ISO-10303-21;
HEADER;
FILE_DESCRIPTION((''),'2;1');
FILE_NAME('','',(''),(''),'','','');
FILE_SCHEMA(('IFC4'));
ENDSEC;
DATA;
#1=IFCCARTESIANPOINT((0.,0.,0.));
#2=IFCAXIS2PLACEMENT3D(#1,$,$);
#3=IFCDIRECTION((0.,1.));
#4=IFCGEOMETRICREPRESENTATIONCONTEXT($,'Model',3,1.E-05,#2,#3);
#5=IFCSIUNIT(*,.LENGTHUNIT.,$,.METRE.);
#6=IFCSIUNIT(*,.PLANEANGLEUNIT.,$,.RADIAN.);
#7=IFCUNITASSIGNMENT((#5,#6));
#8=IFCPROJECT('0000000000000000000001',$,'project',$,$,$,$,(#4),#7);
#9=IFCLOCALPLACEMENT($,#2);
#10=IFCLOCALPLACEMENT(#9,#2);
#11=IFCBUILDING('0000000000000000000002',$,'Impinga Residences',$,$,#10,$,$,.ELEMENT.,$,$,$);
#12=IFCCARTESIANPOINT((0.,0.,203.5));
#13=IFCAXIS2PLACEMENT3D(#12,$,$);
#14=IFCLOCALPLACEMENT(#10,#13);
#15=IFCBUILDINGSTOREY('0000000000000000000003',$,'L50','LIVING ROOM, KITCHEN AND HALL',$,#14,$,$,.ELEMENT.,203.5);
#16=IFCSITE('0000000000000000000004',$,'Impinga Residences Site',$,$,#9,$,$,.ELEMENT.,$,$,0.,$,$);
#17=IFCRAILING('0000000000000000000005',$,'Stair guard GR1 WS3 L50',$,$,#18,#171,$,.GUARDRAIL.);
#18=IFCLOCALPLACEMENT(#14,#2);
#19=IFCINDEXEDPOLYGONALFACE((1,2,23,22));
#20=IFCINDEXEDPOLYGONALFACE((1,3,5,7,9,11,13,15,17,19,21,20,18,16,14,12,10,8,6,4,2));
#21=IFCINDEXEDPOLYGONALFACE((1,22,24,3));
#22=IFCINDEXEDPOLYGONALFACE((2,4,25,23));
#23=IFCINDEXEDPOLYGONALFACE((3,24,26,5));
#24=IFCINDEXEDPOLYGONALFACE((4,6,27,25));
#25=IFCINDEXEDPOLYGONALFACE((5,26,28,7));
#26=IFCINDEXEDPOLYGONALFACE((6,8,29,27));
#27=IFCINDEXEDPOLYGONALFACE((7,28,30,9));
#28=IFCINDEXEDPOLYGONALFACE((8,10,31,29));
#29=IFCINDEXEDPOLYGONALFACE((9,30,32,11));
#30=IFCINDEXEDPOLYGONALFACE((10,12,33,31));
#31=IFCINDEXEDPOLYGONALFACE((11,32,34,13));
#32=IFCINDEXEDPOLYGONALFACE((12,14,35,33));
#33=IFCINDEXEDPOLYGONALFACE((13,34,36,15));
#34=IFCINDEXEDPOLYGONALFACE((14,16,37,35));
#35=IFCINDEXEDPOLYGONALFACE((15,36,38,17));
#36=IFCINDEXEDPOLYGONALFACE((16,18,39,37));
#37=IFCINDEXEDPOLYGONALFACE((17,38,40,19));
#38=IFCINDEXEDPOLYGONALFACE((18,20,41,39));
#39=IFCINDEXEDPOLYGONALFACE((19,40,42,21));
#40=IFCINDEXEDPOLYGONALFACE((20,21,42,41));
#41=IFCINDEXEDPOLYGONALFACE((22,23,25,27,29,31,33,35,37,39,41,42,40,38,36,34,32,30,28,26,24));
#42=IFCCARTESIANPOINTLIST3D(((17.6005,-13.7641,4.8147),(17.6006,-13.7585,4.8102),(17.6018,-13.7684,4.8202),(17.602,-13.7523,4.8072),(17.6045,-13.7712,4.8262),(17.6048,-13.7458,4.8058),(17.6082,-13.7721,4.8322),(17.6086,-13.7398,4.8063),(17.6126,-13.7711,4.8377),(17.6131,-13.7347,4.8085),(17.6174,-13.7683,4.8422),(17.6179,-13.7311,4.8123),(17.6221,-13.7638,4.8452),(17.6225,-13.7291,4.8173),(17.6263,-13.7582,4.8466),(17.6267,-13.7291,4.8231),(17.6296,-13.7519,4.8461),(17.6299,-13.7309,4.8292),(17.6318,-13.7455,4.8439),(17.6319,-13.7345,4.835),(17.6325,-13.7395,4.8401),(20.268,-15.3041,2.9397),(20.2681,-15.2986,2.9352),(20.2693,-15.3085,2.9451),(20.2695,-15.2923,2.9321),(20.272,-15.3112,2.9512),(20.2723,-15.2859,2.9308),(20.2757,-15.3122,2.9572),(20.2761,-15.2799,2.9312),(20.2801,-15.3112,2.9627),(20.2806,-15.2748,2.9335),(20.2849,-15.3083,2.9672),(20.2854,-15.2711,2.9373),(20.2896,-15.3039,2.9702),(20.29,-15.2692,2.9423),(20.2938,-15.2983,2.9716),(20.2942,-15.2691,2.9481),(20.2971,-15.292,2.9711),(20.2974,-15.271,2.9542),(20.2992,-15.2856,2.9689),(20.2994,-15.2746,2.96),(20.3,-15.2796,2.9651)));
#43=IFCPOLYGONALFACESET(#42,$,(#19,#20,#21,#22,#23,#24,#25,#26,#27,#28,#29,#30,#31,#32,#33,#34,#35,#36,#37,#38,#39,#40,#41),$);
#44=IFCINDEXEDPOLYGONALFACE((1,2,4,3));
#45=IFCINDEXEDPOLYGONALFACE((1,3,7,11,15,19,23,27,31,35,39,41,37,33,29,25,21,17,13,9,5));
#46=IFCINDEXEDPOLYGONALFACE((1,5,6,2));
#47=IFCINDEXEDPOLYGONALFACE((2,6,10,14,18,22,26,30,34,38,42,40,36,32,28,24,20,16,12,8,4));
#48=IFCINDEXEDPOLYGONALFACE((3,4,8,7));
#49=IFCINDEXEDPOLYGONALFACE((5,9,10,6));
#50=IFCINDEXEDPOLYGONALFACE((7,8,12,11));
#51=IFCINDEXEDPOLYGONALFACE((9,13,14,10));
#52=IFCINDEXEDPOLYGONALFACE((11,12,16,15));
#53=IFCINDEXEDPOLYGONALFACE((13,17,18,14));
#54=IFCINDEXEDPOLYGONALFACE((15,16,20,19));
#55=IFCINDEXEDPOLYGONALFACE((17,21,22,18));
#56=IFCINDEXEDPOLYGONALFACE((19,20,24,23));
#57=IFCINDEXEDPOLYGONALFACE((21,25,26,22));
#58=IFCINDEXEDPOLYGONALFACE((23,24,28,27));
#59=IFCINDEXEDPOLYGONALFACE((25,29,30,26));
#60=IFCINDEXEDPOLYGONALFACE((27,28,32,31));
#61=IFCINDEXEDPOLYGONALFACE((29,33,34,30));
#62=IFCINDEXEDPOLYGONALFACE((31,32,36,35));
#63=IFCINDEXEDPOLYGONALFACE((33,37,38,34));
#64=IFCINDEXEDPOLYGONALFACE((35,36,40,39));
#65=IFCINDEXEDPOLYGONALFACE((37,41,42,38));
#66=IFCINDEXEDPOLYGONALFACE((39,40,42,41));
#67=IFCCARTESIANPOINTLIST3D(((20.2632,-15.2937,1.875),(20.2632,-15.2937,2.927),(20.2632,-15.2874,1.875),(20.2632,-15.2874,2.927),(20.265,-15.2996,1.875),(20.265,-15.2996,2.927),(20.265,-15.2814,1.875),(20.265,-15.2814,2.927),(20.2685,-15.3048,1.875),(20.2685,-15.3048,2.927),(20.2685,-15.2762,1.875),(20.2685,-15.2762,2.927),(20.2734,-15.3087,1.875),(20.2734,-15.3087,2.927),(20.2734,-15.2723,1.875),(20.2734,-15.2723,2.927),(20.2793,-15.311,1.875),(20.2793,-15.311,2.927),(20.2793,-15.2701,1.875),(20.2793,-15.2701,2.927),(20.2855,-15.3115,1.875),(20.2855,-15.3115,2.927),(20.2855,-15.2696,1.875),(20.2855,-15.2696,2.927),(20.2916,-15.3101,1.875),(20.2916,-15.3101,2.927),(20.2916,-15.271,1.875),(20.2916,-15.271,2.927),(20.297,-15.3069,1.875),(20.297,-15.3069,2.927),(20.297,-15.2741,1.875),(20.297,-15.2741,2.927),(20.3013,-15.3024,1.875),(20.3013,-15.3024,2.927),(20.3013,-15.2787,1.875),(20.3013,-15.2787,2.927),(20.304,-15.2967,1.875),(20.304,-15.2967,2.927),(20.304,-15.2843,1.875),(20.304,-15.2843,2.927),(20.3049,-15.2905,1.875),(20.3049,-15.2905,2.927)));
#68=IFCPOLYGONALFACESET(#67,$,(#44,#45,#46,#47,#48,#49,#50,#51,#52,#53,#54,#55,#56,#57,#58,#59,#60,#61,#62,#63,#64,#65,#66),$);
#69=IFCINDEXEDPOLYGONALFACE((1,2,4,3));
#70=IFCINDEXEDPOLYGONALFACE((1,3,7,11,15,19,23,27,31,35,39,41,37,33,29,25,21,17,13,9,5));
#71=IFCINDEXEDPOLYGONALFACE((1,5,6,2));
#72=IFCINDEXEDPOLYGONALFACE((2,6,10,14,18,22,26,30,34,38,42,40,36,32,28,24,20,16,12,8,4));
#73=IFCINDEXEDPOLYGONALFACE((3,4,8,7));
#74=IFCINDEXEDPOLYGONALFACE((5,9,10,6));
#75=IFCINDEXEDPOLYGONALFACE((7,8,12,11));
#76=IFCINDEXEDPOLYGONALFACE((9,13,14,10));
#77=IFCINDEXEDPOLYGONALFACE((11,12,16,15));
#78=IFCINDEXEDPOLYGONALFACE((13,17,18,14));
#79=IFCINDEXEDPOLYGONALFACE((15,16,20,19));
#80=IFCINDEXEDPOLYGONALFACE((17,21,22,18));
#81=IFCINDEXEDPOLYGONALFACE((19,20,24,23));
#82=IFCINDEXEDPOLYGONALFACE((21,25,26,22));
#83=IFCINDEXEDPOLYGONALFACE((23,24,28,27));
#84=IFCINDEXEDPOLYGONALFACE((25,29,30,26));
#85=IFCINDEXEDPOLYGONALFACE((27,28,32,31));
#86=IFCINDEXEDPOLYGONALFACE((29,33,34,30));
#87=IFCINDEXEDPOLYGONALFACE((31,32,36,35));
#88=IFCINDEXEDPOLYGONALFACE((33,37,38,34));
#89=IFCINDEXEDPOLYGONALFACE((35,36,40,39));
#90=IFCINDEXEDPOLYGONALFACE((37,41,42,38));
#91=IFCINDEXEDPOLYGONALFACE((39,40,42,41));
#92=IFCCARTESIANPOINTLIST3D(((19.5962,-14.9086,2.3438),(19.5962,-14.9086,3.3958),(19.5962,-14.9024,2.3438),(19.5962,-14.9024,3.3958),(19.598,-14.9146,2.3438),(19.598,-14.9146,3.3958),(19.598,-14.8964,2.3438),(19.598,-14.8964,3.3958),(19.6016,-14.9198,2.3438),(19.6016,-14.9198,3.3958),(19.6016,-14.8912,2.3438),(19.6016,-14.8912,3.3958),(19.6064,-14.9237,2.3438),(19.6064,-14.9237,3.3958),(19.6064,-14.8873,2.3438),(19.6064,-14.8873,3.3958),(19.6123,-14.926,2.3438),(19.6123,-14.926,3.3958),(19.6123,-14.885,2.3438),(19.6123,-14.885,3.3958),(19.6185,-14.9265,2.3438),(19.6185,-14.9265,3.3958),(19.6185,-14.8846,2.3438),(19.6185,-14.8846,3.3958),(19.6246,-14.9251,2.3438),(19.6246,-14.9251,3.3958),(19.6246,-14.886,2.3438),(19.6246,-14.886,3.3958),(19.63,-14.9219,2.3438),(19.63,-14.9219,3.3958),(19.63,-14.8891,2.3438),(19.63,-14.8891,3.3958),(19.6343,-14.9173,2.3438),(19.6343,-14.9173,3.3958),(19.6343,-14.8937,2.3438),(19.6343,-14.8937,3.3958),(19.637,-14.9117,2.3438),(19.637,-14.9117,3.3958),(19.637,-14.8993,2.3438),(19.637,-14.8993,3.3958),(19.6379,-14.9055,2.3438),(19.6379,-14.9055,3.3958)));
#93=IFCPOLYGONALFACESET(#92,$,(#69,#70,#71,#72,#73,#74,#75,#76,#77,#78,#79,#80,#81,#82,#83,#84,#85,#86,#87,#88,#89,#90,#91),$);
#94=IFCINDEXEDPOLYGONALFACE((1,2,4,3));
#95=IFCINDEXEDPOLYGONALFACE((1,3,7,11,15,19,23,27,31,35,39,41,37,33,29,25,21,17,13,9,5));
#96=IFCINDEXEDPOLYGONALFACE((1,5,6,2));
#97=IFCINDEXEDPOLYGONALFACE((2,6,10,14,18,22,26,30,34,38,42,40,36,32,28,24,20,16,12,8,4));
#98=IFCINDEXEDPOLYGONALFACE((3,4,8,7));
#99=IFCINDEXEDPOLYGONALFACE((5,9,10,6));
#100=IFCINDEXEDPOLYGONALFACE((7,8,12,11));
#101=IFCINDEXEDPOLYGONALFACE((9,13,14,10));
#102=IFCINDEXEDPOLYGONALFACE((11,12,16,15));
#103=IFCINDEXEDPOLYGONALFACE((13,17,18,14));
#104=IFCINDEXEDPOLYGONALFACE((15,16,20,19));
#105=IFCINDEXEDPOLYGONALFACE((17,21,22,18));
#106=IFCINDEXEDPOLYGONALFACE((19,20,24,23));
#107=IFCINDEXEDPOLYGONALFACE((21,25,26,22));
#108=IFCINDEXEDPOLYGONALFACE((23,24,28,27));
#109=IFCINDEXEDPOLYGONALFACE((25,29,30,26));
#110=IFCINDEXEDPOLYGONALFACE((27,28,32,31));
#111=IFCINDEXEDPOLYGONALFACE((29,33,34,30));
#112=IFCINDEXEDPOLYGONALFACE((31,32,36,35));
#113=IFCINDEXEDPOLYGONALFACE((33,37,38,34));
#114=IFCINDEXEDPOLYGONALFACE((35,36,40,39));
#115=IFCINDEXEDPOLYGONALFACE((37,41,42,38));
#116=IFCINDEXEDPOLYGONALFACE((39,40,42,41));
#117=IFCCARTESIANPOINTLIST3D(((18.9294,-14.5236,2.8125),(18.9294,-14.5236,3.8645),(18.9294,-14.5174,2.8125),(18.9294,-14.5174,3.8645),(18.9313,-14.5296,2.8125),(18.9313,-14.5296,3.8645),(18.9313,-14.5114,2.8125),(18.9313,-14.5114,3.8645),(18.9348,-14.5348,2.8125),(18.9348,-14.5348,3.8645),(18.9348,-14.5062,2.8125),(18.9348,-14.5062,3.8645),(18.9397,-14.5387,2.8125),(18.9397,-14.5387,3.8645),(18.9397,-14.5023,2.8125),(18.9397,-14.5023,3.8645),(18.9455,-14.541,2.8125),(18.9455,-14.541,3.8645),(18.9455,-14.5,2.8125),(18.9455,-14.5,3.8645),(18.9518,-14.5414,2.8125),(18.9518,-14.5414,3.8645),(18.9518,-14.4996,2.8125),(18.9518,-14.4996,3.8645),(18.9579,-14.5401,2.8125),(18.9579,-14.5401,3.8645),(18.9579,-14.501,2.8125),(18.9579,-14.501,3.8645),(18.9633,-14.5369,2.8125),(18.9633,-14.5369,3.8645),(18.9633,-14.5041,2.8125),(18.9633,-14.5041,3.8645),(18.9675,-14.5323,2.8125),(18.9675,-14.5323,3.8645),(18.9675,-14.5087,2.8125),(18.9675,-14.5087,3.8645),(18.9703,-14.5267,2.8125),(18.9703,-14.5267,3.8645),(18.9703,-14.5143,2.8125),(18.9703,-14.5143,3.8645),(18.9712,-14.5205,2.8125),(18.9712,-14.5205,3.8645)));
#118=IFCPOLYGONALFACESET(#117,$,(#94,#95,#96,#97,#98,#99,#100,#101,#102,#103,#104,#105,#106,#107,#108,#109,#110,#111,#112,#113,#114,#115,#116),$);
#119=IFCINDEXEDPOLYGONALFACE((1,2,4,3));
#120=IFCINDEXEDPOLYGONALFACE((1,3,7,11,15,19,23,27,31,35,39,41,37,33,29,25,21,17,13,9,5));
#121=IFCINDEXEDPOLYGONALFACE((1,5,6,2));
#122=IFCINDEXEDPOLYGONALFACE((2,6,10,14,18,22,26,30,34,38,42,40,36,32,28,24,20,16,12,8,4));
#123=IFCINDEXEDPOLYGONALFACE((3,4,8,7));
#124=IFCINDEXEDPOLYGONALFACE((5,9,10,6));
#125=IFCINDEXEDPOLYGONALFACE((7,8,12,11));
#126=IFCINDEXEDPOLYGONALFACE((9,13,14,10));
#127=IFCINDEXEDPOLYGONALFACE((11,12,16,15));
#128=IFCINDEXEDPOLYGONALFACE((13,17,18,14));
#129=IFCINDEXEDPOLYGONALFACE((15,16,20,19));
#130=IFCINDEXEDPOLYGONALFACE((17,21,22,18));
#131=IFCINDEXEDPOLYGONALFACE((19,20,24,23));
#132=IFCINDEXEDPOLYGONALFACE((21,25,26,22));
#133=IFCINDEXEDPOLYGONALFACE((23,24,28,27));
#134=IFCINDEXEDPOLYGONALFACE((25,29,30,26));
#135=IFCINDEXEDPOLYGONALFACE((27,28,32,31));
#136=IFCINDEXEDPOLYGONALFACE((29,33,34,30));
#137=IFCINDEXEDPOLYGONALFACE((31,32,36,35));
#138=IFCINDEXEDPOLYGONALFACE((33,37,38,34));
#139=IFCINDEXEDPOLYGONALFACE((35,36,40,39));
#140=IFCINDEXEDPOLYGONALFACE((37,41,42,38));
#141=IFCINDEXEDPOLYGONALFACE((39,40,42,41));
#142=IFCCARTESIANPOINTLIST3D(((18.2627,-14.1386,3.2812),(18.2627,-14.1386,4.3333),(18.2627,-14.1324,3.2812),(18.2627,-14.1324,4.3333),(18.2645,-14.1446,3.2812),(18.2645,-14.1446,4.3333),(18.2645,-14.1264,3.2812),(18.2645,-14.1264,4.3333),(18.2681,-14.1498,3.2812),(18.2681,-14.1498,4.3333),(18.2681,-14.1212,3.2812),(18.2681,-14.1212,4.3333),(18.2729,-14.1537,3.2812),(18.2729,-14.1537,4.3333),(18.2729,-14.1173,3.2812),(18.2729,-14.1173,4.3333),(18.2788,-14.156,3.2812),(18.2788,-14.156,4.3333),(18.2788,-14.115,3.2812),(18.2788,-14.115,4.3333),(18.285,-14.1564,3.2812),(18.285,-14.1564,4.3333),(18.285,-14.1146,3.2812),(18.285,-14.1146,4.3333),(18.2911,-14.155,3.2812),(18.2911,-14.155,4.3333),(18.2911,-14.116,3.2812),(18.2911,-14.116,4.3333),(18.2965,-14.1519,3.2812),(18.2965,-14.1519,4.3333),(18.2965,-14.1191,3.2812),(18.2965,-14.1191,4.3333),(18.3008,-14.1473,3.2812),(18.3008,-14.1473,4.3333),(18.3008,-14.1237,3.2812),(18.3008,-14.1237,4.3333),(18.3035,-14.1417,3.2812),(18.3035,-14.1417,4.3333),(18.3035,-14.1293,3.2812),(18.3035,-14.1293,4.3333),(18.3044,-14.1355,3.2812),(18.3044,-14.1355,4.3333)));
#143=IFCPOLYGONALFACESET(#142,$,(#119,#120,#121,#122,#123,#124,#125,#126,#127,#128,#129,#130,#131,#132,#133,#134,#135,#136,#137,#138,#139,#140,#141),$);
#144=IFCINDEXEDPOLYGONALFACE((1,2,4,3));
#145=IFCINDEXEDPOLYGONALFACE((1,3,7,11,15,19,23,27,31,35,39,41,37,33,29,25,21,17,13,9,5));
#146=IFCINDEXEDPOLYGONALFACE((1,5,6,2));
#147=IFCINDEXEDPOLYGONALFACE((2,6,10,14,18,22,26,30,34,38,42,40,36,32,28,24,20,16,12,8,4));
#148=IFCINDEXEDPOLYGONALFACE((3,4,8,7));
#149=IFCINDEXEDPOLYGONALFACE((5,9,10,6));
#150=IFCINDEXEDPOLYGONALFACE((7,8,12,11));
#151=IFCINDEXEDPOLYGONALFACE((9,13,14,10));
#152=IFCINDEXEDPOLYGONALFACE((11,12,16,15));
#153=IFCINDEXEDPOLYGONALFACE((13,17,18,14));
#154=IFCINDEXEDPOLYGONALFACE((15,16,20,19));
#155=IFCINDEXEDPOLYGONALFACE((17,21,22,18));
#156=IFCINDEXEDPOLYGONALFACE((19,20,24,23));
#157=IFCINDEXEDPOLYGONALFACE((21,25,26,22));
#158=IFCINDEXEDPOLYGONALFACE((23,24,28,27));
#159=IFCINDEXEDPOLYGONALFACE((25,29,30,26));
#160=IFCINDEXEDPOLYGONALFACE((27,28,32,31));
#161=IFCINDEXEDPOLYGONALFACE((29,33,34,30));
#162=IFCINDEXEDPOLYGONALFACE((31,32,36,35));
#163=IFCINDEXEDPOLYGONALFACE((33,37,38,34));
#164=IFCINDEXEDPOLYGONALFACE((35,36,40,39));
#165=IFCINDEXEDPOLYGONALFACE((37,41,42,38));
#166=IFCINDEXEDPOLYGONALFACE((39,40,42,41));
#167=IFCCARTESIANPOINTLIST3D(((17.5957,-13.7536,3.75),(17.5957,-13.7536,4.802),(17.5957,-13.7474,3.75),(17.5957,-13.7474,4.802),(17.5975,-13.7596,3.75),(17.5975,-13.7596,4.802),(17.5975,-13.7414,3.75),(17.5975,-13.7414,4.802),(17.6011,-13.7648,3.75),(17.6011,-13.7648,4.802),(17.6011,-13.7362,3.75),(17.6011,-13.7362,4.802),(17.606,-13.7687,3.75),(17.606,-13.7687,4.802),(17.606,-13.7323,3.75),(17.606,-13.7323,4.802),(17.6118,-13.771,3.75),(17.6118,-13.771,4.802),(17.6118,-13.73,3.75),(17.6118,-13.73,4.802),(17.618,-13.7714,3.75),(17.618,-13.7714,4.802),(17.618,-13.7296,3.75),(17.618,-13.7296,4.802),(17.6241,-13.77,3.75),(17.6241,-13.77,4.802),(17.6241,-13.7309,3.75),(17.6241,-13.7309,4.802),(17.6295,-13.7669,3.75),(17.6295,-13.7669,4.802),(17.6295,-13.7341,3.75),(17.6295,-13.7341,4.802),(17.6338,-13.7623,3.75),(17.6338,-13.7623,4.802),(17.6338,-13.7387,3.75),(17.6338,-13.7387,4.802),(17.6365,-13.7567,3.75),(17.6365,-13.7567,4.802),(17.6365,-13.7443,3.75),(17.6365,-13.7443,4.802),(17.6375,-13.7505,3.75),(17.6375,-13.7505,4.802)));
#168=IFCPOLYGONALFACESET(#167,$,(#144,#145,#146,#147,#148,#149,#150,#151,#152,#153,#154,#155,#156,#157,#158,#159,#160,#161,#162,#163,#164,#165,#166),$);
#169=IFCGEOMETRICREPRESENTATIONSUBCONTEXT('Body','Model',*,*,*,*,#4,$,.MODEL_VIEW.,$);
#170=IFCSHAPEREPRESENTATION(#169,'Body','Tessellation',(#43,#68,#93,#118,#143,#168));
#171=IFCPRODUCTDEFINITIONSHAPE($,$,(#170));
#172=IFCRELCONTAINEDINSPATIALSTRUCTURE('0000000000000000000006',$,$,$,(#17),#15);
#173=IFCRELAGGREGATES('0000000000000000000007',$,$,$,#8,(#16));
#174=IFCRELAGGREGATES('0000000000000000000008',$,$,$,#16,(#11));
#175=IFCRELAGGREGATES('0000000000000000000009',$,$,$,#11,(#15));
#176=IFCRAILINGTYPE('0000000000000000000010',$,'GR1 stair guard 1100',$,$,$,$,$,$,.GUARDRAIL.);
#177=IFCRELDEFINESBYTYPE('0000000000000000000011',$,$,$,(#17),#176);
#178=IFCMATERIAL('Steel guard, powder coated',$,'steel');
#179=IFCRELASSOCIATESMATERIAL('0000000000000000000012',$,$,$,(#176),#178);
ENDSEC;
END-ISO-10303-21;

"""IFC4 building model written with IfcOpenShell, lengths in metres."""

from ifc_helpers import new_model, si_unit, direction, frame, origin, origin_2d, place, context, subcontext, project, spatial, circle, extrude, material, type_object, element, save


model = new_model("IFC4")

# Units and contexts
model_context = context("Model", 3, precision=1e-05, world=origin(), true_north=direction((0.0, 1.0)))
body_context = subcontext(model_context, "Body", "Model", "MODEL_VIEW")
ifc_project = project(units=[si_unit("LENGTHUNIT", "METRE"), si_unit("PLANEANGLEUNIT", "RADIAN")], contexts=[model_context])

# Site, building, storey
site_placement = place(None, origin())
site = spatial("IfcSite", under=ifc_project, at=site_placement, Name="Impinga Residences Site", CompositionType="ELEMENT", RefElevation=0.0)
building_placement = place(site_placement, origin())
building = spatial("IfcBuilding", under=site, at=building_placement, Name="Impinga Residences", CompositionType="ELEMENT")
storey_placement = place(building_placement, frame((0.0, 0.0, 203.5)))
storey = spatial("IfcBuildingStorey", under=building, at=storey_placement, Name="L50", Description="LIVING ROOM, KITCHEN AND HALL", CompositionType="ELEMENT", Elevation=203.5)

# Railing
ifc_material_1 = material(Name="Steel guard, powder coated", Category="steel")
railing_type_1 = type_object("IfcRailingType", Name="GR1 stair guard 1100", PredefinedType="GUARDRAIL", material=ifc_material_1)
railing_1_placement = place(storey_placement, frame((20.2839, -15.2905, 1.875)))
element("IfcRailing", 1, at=railing_1_placement, inside=storey, type_object=railing_type_1, Name="Stair guard GR1 WS3 L50", PredefinedType="GUARDRAIL", context=body_context, shape_type="SweptSolid", body=[
    extrude(circle(Radius=0.0239, at=origin_2d()), frame((0.0, 0.0, 1.0762), z_axis=(-0.739746, 0.427084, 0.519975), x_axis=(-0.499992, -0.86603, 0.0)), (0.0, 0.0, 1.0), 3.606),
    extrude(circle(Radius=0.021, at=origin_2d()), origin(), (0.0, 0.0, 1.0), 1.052),
    extrude(circle(Radius=0.021, at=origin_2d()), frame((-0.667, 0.385, 0.4688)), (0.0, 0.0, 1.0), 1.052),
    extrude(circle(Radius=0.021, at=origin_2d()), frame((-1.3337, 0.77, 0.9375)), (0.0, 0.0, 1.0), 1.052),
    extrude(circle(Radius=0.021, at=origin_2d()), frame((-2.0005, 1.155, 1.4062)), (0.0, 0.0, 1.0), 1.052),
    extrude(circle(Radius=0.021, at=origin_2d()), frame((-2.6675, 1.54, 1.875)), (0.0, 0.0, 1.0), 1.052),
])

save(model, "model.ifc")
